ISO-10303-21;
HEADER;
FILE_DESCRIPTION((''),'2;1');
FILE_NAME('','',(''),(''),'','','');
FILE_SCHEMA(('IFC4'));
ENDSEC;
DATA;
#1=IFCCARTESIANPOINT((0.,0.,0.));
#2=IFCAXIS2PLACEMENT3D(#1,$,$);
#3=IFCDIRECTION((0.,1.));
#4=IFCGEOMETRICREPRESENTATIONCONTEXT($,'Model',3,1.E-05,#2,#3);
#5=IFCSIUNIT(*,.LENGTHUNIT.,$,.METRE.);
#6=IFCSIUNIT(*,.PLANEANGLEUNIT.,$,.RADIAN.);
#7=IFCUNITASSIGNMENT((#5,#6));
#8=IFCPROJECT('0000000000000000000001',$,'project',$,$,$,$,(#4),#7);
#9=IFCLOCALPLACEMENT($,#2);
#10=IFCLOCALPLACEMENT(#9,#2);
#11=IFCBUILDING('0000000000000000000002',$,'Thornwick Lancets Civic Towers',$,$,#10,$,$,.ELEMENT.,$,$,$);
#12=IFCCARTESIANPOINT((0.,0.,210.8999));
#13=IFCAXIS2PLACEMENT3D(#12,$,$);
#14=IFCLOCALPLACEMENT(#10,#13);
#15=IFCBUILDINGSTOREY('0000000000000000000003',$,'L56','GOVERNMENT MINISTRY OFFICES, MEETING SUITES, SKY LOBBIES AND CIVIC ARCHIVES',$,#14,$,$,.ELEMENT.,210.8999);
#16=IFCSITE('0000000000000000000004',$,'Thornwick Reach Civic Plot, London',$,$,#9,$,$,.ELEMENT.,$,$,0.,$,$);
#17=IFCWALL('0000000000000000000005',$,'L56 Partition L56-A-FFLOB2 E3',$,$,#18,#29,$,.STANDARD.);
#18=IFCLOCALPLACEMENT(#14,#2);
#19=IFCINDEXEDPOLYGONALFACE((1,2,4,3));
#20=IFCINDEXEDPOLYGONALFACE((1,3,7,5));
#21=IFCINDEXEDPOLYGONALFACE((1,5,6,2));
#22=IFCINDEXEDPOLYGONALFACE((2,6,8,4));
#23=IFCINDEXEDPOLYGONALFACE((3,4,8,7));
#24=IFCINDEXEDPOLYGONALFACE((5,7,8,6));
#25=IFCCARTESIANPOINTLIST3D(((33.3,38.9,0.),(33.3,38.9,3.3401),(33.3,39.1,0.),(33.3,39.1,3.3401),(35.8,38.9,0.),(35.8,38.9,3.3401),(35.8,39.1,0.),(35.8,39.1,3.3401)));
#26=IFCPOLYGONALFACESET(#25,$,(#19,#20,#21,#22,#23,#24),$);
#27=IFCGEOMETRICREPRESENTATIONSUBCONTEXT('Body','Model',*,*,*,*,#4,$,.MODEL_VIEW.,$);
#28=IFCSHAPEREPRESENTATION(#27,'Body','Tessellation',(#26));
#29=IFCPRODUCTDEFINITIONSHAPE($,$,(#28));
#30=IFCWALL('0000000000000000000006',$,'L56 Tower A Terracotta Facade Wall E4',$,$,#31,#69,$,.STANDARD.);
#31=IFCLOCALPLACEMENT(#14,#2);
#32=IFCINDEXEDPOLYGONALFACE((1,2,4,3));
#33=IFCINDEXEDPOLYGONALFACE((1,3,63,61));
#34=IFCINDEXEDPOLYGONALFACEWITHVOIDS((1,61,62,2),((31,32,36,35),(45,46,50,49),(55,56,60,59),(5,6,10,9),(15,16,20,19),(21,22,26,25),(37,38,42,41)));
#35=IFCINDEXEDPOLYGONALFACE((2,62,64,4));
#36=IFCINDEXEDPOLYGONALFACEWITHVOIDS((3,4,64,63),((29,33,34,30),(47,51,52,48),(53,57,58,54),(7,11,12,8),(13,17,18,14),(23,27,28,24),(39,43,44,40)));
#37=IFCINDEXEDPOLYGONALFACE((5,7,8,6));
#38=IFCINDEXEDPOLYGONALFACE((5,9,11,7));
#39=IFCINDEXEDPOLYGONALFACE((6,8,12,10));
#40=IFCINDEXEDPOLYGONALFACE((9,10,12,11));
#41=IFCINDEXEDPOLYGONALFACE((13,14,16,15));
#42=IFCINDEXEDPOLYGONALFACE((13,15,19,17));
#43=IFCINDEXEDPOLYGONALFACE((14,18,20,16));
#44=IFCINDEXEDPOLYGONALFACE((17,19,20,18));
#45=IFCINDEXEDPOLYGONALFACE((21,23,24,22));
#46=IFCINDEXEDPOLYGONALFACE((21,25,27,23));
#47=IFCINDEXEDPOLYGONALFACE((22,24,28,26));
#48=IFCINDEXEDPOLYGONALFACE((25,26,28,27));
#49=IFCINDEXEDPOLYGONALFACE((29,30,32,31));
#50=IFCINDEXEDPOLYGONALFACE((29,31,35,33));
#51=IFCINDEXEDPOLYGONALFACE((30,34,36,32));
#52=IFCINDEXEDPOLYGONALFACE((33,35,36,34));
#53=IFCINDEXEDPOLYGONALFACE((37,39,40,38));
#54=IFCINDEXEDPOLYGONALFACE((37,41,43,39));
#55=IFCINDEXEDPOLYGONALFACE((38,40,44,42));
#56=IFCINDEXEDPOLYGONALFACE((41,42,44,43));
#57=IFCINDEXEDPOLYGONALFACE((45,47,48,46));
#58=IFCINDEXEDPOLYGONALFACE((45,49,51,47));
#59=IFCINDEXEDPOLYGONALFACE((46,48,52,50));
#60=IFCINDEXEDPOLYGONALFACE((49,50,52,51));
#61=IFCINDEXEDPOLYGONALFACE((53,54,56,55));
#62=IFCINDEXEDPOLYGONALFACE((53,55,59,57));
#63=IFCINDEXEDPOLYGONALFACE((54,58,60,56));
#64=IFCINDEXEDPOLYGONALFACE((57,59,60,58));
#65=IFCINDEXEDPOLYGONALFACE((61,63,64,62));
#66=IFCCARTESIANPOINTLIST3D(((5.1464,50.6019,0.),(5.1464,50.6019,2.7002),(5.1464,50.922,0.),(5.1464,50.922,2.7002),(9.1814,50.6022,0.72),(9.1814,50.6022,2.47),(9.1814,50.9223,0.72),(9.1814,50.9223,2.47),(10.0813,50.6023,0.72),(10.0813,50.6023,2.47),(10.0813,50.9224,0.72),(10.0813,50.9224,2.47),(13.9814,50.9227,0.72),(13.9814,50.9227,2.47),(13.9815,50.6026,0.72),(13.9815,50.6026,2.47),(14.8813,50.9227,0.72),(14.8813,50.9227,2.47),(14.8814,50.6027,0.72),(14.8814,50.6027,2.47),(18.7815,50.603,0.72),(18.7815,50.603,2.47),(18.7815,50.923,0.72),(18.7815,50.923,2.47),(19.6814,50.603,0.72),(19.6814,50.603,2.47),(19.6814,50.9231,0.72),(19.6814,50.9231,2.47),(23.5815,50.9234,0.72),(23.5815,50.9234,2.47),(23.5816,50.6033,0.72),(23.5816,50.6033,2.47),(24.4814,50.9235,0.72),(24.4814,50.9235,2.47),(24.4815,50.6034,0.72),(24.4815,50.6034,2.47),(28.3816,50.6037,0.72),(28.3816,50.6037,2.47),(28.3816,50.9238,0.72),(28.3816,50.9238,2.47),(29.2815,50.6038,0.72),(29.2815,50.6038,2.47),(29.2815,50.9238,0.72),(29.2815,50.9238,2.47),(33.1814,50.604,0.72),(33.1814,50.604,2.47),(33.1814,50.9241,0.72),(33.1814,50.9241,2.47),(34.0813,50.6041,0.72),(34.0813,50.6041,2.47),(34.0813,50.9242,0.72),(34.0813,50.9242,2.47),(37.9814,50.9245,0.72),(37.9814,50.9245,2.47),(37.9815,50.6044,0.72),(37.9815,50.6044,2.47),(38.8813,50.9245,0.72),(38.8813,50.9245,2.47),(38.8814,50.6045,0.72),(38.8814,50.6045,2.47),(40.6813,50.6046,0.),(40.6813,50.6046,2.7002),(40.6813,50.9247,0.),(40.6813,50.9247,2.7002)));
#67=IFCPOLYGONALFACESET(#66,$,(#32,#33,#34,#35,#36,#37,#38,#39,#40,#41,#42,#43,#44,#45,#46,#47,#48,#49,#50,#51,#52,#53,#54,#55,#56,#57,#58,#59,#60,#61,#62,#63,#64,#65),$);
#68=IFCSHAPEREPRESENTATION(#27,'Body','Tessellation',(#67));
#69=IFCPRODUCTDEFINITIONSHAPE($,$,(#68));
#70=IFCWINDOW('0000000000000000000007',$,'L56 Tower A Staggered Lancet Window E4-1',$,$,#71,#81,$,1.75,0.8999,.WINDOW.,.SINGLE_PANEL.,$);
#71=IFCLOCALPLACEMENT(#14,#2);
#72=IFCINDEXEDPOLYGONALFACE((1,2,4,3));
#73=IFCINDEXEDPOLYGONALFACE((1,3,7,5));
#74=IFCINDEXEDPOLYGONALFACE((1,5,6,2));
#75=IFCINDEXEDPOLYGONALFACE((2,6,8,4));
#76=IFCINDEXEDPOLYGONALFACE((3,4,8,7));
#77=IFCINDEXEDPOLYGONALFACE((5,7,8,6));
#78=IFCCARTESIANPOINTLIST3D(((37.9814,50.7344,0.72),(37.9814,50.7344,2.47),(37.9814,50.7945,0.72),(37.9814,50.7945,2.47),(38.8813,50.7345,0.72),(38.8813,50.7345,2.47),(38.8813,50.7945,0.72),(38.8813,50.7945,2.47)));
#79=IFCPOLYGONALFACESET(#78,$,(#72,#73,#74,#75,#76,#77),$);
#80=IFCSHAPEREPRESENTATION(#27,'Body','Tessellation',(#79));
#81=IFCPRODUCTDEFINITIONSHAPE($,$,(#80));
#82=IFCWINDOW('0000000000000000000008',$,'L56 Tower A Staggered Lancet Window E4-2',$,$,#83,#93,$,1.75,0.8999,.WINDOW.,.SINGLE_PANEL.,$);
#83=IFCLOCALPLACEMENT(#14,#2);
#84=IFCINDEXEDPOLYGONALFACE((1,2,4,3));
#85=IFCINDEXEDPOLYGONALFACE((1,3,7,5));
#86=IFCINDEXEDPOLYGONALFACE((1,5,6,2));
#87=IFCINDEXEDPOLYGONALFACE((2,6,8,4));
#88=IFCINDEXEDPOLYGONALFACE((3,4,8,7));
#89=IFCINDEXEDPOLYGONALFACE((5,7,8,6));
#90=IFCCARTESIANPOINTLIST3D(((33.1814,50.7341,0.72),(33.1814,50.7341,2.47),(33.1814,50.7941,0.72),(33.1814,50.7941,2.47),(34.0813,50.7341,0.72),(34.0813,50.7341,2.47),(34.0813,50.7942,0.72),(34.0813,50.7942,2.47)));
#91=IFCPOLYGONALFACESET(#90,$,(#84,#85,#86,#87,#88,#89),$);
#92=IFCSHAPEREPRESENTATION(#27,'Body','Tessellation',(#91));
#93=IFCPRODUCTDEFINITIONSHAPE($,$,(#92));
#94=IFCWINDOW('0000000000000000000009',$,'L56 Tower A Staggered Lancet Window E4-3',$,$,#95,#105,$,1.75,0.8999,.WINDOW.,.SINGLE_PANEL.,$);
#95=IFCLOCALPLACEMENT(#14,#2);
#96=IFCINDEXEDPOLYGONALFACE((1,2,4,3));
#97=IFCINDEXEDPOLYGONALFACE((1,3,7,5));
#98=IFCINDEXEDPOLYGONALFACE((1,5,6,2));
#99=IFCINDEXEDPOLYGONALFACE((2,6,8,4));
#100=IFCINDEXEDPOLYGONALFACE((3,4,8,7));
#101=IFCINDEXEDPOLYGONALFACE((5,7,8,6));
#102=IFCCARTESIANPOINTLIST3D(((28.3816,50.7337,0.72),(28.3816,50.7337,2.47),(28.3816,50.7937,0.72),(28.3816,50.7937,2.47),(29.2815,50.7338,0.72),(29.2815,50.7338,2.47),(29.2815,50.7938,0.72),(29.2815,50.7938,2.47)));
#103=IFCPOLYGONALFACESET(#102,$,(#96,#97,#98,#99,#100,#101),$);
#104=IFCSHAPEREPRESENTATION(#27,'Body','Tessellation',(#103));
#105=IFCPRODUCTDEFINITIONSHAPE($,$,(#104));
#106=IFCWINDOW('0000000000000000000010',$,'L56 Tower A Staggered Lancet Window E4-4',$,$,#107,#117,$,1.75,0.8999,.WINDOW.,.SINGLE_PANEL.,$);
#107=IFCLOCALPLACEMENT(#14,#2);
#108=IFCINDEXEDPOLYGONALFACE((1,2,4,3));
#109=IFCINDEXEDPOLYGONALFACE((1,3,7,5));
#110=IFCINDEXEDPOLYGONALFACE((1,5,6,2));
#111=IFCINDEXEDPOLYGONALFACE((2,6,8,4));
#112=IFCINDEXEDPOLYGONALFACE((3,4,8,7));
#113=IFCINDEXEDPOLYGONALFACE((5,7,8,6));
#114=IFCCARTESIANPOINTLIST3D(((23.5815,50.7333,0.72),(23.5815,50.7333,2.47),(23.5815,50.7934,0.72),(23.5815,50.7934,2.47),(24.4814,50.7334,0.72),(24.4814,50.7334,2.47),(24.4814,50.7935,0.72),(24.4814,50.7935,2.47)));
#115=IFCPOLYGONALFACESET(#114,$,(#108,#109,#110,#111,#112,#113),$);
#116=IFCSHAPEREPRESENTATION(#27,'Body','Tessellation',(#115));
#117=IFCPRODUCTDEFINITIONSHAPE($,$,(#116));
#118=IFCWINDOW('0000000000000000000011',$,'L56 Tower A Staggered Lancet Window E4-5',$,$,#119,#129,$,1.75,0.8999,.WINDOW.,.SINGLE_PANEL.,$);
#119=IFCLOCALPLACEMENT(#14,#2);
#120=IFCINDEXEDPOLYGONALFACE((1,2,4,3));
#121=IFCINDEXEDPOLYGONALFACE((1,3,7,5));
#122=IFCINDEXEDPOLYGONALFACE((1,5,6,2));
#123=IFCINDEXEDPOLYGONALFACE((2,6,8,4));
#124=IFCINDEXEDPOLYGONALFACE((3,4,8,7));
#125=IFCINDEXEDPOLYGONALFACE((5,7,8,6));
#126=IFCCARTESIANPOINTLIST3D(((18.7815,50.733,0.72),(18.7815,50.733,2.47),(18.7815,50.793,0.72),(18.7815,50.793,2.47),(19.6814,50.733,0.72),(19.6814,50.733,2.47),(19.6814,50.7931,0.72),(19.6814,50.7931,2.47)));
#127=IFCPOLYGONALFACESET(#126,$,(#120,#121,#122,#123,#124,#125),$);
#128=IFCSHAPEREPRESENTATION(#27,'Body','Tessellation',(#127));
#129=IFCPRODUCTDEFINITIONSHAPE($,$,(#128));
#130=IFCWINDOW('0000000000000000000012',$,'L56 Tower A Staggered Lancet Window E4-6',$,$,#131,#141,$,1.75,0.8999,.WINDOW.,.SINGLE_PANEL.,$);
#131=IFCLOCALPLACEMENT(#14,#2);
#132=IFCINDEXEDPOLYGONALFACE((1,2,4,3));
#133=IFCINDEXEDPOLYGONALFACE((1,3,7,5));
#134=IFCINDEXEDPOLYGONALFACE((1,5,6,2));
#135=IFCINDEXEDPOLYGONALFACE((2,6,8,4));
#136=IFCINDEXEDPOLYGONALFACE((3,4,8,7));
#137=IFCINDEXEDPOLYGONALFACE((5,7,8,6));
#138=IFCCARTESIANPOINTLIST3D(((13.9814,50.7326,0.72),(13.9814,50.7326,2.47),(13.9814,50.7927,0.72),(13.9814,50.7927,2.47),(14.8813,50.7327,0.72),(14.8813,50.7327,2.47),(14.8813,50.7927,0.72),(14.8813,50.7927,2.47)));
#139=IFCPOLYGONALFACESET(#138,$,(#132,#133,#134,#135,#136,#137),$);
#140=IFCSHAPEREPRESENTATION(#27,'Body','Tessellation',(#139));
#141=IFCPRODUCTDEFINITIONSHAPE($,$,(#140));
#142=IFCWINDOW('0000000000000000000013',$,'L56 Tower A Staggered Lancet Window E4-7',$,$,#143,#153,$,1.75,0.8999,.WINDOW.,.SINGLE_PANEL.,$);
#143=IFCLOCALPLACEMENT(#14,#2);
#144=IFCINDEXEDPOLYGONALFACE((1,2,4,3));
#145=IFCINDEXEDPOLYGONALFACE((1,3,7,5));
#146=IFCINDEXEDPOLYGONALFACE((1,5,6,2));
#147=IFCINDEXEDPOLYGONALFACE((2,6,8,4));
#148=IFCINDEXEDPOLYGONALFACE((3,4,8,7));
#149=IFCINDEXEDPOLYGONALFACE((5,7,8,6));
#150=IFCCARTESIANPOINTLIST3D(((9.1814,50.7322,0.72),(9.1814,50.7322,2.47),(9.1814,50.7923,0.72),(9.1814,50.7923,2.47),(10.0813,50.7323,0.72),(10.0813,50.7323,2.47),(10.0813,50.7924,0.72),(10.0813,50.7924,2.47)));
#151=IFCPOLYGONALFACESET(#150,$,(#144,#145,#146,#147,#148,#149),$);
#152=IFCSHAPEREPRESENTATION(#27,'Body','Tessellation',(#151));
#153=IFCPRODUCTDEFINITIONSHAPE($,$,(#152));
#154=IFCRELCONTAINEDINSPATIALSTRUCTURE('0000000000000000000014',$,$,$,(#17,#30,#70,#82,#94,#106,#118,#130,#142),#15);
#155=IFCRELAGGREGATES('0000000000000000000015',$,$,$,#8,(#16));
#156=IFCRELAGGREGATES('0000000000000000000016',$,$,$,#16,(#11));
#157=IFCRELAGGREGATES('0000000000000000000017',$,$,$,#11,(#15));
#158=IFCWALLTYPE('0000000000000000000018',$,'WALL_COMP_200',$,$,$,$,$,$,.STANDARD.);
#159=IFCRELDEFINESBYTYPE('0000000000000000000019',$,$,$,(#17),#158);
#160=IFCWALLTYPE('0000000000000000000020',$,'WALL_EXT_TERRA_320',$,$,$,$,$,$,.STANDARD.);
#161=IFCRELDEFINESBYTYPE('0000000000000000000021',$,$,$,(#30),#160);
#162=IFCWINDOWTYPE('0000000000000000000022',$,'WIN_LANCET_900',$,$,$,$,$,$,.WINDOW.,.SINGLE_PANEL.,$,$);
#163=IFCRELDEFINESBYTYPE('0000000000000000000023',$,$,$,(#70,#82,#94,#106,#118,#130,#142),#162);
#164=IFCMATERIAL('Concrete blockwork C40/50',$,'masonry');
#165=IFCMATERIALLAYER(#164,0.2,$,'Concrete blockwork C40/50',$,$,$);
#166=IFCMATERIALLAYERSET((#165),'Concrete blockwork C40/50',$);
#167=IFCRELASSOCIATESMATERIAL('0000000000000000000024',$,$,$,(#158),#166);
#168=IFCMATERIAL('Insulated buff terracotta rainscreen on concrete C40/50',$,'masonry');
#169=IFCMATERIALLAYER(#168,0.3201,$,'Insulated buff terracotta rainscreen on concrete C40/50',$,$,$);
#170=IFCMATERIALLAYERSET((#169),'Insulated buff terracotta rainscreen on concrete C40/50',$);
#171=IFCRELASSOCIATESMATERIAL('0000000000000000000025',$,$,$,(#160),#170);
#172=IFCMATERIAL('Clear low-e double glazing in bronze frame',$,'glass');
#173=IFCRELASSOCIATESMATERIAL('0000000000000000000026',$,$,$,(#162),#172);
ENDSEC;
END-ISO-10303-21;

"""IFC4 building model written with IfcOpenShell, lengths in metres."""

from ifc_helpers import new_model, si_unit, direction, frame, frame_2d, origin, place, context, subcontext, project, spatial, rectangle, extrude, material, layer, layer_set, type_object, element, fill, save


model = new_model("IFC4")

# Units and contexts
model_context = context("Model", 3, precision=1e-05, world=origin(), true_north=direction((0.0, 1.0)))
body_context = subcontext(model_context, "Body", "Model", "MODEL_VIEW")
ifc_project = project(units=[si_unit("LENGTHUNIT", "METRE"), si_unit("PLANEANGLEUNIT", "RADIAN")], contexts=[model_context])

# Site, building, storey
site_placement = place(None, origin())
site = spatial("IfcSite", under=ifc_project, at=site_placement, Name="Thornwick Reach Civic Plot, London", CompositionType="ELEMENT", RefElevation=0.0)
building_placement = place(site_placement, origin())
building = spatial("IfcBuilding", under=site, at=building_placement, Name="Thornwick Lancets Civic Towers", CompositionType="ELEMENT")
storey_placement = place(building_placement, frame((0.0, 0.0, 210.8999)))
storey = spatial("IfcBuildingStorey", under=building, at=storey_placement, Name="L56", Description="GOVERNMENT MINISTRY OFFICES, MEETING SUITES, SKY LOBBIES AND CIVIC ARCHIVES", CompositionType="ELEMENT", Elevation=210.8999)

# Wall
ifc_material_1 = material(Name="Concrete blockwork C40/50", Category="masonry")
ifc_layer_1 = layer(ifc_material_1, 0.2, Name="Concrete blockwork C40/50")
ifc_layer_set_1 = layer_set([ifc_layer_1], Name="Concrete blockwork C40/50")
wall_type_1 = type_object("IfcWallType", Name="WALL_COMP_200", PredefinedType="STANDARD", material=ifc_layer_set_1)
wall_1_placement = place(storey_placement, frame((35.8, 39.0, 0.0), z_axis=(0.0, 0.0, 1.0), x_axis=(-1.0, 0.0, 0.0)))
element("IfcWall", 1, at=wall_1_placement, inside=storey, type_object=wall_type_1, Name="L56 Partition L56-A-FFLOB2 E3", PredefinedType="STANDARD", context=body_context, shape_type="SweptSolid", body=[
    extrude(rectangle(XDim=2.5, YDim=0.2, at=frame_2d((1.25, 0.0))), origin(), (0.0, 0.0, 1.0), 3.3401),
])

# Wall, openings, windows
ifc_material_2 = material(Name="Insulated buff terracotta rainscreen on concrete C40/50", Category="masonry")
ifc_layer_2 = layer(ifc_material_2, 0.3201, Name="Insulated buff terracotta rainscreen on concrete C40/50")
ifc_layer_set_2 = layer_set([ifc_layer_2], Name="Insulated buff terracotta rainscreen on concrete C40/50")
wall_type_2 = type_object("IfcWallType", Name="WALL_EXT_TERRA_320", PredefinedType="STANDARD", material=ifc_layer_set_2)
wall_2_placement = place(storey_placement, frame((40.6814, 50.7646, 0.0), z_axis=(0.0, 0.0, 1.0), x_axis=(-1.0, -0.000076, 0.0)))
wall_2 = element("IfcWall", 2, at=wall_2_placement, inside=storey, type_object=wall_type_2, Name="L56 Tower A Terracotta Facade Wall E4", PredefinedType="STANDARD", context=body_context, shape_type="SweptSolid", body=[
    extrude(rectangle(XDim=35.5349, YDim=0.3201, at=frame_2d((17.7676, 0.0))), origin(), (0.0, 0.0, 1.0), 2.7002),
])
opening_1_placement = place(wall_2_placement, frame((1.8, 0.0, 0.72)))
opening_1 = element("IfcOpeningElement", 3, at=opening_1_placement, cuts=wall_2, PredefinedType="OPENING", context=body_context, shape_type="SweptSolid", body=[
    extrude(rectangle(XDim=0.8999, YDim=1.75, at=frame_2d((0.45, 0.875))), frame((0.0, 0.1699, 0.0), z_axis=(0.0, -1.0, 0.0), x_axis=(1.0, 0.0, 0.0)), (0.0, 0.0, 1.0), 0.3401),
])
opening_2_placement = place(wall_2_placement, frame((6.6001, 0.0, 0.72)))
opening_2 = element("IfcOpeningElement", 4, at=opening_2_placement, cuts=wall_2, PredefinedType="OPENING", context=body_context, shape_type="SweptSolid", body=[
    extrude(rectangle(XDim=0.8999, YDim=1.75, at=frame_2d((0.45, 0.875))), frame((0.0, 0.1699, 0.0), z_axis=(0.0, -1.0, 0.0), x_axis=(1.0, 0.0, 0.0)), (0.0, 0.0, 1.0), 0.3401),
])
opening_3_placement = place(wall_2_placement, frame((11.3999, 0.0, 0.72)))
opening_3 = element("IfcOpeningElement", 5, at=opening_3_placement, cuts=wall_2, PredefinedType="OPENING", context=body_context, shape_type="SweptSolid", body=[
    extrude(rectangle(XDim=0.8999, YDim=1.75, at=frame_2d((0.45, 0.875))), frame((0.0, 0.1699, 0.0), z_axis=(0.0, -1.0, 0.0), x_axis=(1.0, 0.0, 0.0)), (0.0, 0.0, 1.0), 0.3401),
])
opening_4_placement = place(wall_2_placement, frame((16.2, 0.0, 0.72)))
opening_4 = element("IfcOpeningElement", 6, at=opening_4_placement, cuts=wall_2, PredefinedType="OPENING", context=body_context, shape_type="SweptSolid", body=[
    extrude(rectangle(XDim=0.8999, YDim=1.75, at=frame_2d((0.45, 0.875))), frame((0.0, 0.1699, 0.0), z_axis=(0.0, -1.0, 0.0), x_axis=(1.0, 0.0, 0.0)), (0.0, 0.0, 1.0), 0.3401),
])
opening_5_placement = place(wall_2_placement, frame((21.0, 0.0, 0.72)))
opening_5 = element("IfcOpeningElement", 7, at=opening_5_placement, cuts=wall_2, PredefinedType="OPENING", context=body_context, shape_type="SweptSolid", body=[
    extrude(rectangle(XDim=0.8999, YDim=1.75, at=frame_2d((0.45, 0.875))), frame((0.0, 0.1699, 0.0), z_axis=(0.0, -1.0, 0.0), x_axis=(1.0, 0.0, 0.0)), (0.0, 0.0, 1.0), 0.3401),
])
opening_6_placement = place(wall_2_placement, frame((25.8, 0.0, 0.72)))
opening_6 = element("IfcOpeningElement", 8, at=opening_6_placement, cuts=wall_2, PredefinedType="OPENING", context=body_context, shape_type="SweptSolid", body=[
    extrude(rectangle(XDim=0.8999, YDim=1.75, at=frame_2d((0.45, 0.875))), frame((0.0, 0.1699, 0.0), z_axis=(0.0, -1.0, 0.0), x_axis=(1.0, 0.0, 0.0)), (0.0, 0.0, 1.0), 0.3401),
])
opening_7_placement = place(wall_2_placement, frame((30.6001, 0.0, 0.72)))
opening_7 = element("IfcOpeningElement", 9, at=opening_7_placement, cuts=wall_2, PredefinedType="OPENING", context=body_context, shape_type="SweptSolid", body=[
    extrude(rectangle(XDim=0.8999, YDim=1.75, at=frame_2d((0.45, 0.875))), frame((0.0, 0.1699, 0.0), z_axis=(0.0, -1.0, 0.0), x_axis=(1.0, 0.0, 0.0)), (0.0, 0.0, 1.0), 0.3401),
])
ifc_material_3 = material(Name="Clear low-e double glazing in bronze frame", Category="glass")
window_type = type_object("IfcWindowType", Name="WIN_LANCET_900", PartitioningType="SINGLE_PANEL", PredefinedType="WINDOW", material=ifc_material_3)
window_1_placement = place(opening_1_placement, origin())
window_1 = element("IfcWindow", 10, at=window_1_placement, inside=storey, type_object=window_type, Name="L56 Tower A Staggered Lancet Window E4-1", OverallHeight=1.75, OverallWidth=0.8999, PartitioningType="SINGLE_PANEL", PredefinedType="WINDOW", context=body_context, shape_type="SweptSolid", body=[
    extrude(rectangle(XDim=0.8999, YDim=1.75, at=frame_2d((0.45, 0.875))), frame((0.0, 0.03, 0.0), z_axis=(0.0, -1.0, 0.0), x_axis=(1.0, 0.0, 0.0)), (0.0, 0.0, 1.0), 0.0601),
])
fill(opening_1, window_1)
window_2_placement = place(opening_2_placement, origin())
window_2 = element("IfcWindow", 11, at=window_2_placement, inside=storey, type_object=window_type, Name="L56 Tower A Staggered Lancet Window E4-2", OverallHeight=1.75, OverallWidth=0.8999, PartitioningType="SINGLE_PANEL", PredefinedType="WINDOW", context=body_context, shape_type="SweptSolid", body=[
    extrude(rectangle(XDim=0.8999, YDim=1.75, at=frame_2d((0.45, 0.875))), frame((0.0, 0.03, 0.0), z_axis=(0.0, -1.0, 0.0), x_axis=(1.0, 0.0, 0.0)), (0.0, 0.0, 1.0), 0.0601),
])
fill(opening_2, window_2)
window_3_placement = place(opening_3_placement, origin())
window_3 = element("IfcWindow", 12, at=window_3_placement, inside=storey, type_object=window_type, Name="L56 Tower A Staggered Lancet Window E4-3", OverallHeight=1.75, OverallWidth=0.8999, PartitioningType="SINGLE_PANEL", PredefinedType="WINDOW", context=body_context, shape_type="SweptSolid", body=[
    extrude(rectangle(XDim=0.8999, YDim=1.75, at=frame_2d((0.45, 0.875))), frame((0.0, 0.03, 0.0), z_axis=(0.0, -1.0, 0.0), x_axis=(1.0, 0.0, 0.0)), (0.0, 0.0, 1.0), 0.0601),
])
fill(opening_3, window_3)
window_4_placement = place(opening_4_placement, origin())
window_4 = element("IfcWindow", 13, at=window_4_placement, inside=storey, type_object=window_type, Name="L56 Tower A Staggered Lancet Window E4-4", OverallHeight=1.75, OverallWidth=0.8999, PartitioningType="SINGLE_PANEL", PredefinedType="WINDOW", context=body_context, shape_type="SweptSolid", body=[
    extrude(rectangle(XDim=0.8999, YDim=1.75, at=frame_2d((0.45, 0.875))), frame((0.0, 0.03, 0.0), z_axis=(0.0, -1.0, 0.0), x_axis=(1.0, 0.0, 0.0)), (0.0, 0.0, 1.0), 0.0601),
])
fill(opening_4, window_4)
window_5_placement = place(opening_5_placement, origin())
window_5 = element("IfcWindow", 14, at=window_5_placement, inside=storey, type_object=window_type, Name="L56 Tower A Staggered Lancet Window E4-5", OverallHeight=1.75, OverallWidth=0.8999, PartitioningType="SINGLE_PANEL", PredefinedType="WINDOW", context=body_context, shape_type="SweptSolid", body=[
    extrude(rectangle(XDim=0.8999, YDim=1.75, at=frame_2d((0.45, 0.875))), frame((0.0, 0.03, 0.0), z_axis=(0.0, -1.0, 0.0), x_axis=(1.0, 0.0, 0.0)), (0.0, 0.0, 1.0), 0.0601),
])
fill(opening_5, window_5)
window_6_placement = place(opening_6_placement, origin())
window_6 = element("IfcWindow", 15, at=window_6_placement, inside=storey, type_object=window_type, Name="L56 Tower A Staggered Lancet Window E4-6", OverallHeight=1.75, OverallWidth=0.8999, PartitioningType="SINGLE_PANEL", PredefinedType="WINDOW", context=body_context, shape_type="SweptSolid", body=[
    extrude(rectangle(XDim=0.8999, YDim=1.75, at=frame_2d((0.45, 0.875))), frame((0.0, 0.03, 0.0), z_axis=(0.0, -1.0, 0.0), x_axis=(1.0, 0.0, 0.0)), (0.0, 0.0, 1.0), 0.0601),
])
fill(opening_6, window_6)
window_7_placement = place(opening_7_placement, origin())
window_7 = element("IfcWindow", 16, at=window_7_placement, inside=storey, type_object=window_type, Name="L56 Tower A Staggered Lancet Window E4-7", OverallHeight=1.75, OverallWidth=0.8999, PartitioningType="SINGLE_PANEL", PredefinedType="WINDOW", context=body_context, shape_type="SweptSolid", body=[
    extrude(rectangle(XDim=0.8999, YDim=1.75, at=frame_2d((0.45, 0.875))), frame((0.0, 0.03, 0.0), z_axis=(0.0, -1.0, 0.0), x_axis=(1.0, 0.0, 0.0)), (0.0, 0.0, 1.0), 0.0601),
])
fill(opening_7, window_7)

save(model, "model.ifc")
